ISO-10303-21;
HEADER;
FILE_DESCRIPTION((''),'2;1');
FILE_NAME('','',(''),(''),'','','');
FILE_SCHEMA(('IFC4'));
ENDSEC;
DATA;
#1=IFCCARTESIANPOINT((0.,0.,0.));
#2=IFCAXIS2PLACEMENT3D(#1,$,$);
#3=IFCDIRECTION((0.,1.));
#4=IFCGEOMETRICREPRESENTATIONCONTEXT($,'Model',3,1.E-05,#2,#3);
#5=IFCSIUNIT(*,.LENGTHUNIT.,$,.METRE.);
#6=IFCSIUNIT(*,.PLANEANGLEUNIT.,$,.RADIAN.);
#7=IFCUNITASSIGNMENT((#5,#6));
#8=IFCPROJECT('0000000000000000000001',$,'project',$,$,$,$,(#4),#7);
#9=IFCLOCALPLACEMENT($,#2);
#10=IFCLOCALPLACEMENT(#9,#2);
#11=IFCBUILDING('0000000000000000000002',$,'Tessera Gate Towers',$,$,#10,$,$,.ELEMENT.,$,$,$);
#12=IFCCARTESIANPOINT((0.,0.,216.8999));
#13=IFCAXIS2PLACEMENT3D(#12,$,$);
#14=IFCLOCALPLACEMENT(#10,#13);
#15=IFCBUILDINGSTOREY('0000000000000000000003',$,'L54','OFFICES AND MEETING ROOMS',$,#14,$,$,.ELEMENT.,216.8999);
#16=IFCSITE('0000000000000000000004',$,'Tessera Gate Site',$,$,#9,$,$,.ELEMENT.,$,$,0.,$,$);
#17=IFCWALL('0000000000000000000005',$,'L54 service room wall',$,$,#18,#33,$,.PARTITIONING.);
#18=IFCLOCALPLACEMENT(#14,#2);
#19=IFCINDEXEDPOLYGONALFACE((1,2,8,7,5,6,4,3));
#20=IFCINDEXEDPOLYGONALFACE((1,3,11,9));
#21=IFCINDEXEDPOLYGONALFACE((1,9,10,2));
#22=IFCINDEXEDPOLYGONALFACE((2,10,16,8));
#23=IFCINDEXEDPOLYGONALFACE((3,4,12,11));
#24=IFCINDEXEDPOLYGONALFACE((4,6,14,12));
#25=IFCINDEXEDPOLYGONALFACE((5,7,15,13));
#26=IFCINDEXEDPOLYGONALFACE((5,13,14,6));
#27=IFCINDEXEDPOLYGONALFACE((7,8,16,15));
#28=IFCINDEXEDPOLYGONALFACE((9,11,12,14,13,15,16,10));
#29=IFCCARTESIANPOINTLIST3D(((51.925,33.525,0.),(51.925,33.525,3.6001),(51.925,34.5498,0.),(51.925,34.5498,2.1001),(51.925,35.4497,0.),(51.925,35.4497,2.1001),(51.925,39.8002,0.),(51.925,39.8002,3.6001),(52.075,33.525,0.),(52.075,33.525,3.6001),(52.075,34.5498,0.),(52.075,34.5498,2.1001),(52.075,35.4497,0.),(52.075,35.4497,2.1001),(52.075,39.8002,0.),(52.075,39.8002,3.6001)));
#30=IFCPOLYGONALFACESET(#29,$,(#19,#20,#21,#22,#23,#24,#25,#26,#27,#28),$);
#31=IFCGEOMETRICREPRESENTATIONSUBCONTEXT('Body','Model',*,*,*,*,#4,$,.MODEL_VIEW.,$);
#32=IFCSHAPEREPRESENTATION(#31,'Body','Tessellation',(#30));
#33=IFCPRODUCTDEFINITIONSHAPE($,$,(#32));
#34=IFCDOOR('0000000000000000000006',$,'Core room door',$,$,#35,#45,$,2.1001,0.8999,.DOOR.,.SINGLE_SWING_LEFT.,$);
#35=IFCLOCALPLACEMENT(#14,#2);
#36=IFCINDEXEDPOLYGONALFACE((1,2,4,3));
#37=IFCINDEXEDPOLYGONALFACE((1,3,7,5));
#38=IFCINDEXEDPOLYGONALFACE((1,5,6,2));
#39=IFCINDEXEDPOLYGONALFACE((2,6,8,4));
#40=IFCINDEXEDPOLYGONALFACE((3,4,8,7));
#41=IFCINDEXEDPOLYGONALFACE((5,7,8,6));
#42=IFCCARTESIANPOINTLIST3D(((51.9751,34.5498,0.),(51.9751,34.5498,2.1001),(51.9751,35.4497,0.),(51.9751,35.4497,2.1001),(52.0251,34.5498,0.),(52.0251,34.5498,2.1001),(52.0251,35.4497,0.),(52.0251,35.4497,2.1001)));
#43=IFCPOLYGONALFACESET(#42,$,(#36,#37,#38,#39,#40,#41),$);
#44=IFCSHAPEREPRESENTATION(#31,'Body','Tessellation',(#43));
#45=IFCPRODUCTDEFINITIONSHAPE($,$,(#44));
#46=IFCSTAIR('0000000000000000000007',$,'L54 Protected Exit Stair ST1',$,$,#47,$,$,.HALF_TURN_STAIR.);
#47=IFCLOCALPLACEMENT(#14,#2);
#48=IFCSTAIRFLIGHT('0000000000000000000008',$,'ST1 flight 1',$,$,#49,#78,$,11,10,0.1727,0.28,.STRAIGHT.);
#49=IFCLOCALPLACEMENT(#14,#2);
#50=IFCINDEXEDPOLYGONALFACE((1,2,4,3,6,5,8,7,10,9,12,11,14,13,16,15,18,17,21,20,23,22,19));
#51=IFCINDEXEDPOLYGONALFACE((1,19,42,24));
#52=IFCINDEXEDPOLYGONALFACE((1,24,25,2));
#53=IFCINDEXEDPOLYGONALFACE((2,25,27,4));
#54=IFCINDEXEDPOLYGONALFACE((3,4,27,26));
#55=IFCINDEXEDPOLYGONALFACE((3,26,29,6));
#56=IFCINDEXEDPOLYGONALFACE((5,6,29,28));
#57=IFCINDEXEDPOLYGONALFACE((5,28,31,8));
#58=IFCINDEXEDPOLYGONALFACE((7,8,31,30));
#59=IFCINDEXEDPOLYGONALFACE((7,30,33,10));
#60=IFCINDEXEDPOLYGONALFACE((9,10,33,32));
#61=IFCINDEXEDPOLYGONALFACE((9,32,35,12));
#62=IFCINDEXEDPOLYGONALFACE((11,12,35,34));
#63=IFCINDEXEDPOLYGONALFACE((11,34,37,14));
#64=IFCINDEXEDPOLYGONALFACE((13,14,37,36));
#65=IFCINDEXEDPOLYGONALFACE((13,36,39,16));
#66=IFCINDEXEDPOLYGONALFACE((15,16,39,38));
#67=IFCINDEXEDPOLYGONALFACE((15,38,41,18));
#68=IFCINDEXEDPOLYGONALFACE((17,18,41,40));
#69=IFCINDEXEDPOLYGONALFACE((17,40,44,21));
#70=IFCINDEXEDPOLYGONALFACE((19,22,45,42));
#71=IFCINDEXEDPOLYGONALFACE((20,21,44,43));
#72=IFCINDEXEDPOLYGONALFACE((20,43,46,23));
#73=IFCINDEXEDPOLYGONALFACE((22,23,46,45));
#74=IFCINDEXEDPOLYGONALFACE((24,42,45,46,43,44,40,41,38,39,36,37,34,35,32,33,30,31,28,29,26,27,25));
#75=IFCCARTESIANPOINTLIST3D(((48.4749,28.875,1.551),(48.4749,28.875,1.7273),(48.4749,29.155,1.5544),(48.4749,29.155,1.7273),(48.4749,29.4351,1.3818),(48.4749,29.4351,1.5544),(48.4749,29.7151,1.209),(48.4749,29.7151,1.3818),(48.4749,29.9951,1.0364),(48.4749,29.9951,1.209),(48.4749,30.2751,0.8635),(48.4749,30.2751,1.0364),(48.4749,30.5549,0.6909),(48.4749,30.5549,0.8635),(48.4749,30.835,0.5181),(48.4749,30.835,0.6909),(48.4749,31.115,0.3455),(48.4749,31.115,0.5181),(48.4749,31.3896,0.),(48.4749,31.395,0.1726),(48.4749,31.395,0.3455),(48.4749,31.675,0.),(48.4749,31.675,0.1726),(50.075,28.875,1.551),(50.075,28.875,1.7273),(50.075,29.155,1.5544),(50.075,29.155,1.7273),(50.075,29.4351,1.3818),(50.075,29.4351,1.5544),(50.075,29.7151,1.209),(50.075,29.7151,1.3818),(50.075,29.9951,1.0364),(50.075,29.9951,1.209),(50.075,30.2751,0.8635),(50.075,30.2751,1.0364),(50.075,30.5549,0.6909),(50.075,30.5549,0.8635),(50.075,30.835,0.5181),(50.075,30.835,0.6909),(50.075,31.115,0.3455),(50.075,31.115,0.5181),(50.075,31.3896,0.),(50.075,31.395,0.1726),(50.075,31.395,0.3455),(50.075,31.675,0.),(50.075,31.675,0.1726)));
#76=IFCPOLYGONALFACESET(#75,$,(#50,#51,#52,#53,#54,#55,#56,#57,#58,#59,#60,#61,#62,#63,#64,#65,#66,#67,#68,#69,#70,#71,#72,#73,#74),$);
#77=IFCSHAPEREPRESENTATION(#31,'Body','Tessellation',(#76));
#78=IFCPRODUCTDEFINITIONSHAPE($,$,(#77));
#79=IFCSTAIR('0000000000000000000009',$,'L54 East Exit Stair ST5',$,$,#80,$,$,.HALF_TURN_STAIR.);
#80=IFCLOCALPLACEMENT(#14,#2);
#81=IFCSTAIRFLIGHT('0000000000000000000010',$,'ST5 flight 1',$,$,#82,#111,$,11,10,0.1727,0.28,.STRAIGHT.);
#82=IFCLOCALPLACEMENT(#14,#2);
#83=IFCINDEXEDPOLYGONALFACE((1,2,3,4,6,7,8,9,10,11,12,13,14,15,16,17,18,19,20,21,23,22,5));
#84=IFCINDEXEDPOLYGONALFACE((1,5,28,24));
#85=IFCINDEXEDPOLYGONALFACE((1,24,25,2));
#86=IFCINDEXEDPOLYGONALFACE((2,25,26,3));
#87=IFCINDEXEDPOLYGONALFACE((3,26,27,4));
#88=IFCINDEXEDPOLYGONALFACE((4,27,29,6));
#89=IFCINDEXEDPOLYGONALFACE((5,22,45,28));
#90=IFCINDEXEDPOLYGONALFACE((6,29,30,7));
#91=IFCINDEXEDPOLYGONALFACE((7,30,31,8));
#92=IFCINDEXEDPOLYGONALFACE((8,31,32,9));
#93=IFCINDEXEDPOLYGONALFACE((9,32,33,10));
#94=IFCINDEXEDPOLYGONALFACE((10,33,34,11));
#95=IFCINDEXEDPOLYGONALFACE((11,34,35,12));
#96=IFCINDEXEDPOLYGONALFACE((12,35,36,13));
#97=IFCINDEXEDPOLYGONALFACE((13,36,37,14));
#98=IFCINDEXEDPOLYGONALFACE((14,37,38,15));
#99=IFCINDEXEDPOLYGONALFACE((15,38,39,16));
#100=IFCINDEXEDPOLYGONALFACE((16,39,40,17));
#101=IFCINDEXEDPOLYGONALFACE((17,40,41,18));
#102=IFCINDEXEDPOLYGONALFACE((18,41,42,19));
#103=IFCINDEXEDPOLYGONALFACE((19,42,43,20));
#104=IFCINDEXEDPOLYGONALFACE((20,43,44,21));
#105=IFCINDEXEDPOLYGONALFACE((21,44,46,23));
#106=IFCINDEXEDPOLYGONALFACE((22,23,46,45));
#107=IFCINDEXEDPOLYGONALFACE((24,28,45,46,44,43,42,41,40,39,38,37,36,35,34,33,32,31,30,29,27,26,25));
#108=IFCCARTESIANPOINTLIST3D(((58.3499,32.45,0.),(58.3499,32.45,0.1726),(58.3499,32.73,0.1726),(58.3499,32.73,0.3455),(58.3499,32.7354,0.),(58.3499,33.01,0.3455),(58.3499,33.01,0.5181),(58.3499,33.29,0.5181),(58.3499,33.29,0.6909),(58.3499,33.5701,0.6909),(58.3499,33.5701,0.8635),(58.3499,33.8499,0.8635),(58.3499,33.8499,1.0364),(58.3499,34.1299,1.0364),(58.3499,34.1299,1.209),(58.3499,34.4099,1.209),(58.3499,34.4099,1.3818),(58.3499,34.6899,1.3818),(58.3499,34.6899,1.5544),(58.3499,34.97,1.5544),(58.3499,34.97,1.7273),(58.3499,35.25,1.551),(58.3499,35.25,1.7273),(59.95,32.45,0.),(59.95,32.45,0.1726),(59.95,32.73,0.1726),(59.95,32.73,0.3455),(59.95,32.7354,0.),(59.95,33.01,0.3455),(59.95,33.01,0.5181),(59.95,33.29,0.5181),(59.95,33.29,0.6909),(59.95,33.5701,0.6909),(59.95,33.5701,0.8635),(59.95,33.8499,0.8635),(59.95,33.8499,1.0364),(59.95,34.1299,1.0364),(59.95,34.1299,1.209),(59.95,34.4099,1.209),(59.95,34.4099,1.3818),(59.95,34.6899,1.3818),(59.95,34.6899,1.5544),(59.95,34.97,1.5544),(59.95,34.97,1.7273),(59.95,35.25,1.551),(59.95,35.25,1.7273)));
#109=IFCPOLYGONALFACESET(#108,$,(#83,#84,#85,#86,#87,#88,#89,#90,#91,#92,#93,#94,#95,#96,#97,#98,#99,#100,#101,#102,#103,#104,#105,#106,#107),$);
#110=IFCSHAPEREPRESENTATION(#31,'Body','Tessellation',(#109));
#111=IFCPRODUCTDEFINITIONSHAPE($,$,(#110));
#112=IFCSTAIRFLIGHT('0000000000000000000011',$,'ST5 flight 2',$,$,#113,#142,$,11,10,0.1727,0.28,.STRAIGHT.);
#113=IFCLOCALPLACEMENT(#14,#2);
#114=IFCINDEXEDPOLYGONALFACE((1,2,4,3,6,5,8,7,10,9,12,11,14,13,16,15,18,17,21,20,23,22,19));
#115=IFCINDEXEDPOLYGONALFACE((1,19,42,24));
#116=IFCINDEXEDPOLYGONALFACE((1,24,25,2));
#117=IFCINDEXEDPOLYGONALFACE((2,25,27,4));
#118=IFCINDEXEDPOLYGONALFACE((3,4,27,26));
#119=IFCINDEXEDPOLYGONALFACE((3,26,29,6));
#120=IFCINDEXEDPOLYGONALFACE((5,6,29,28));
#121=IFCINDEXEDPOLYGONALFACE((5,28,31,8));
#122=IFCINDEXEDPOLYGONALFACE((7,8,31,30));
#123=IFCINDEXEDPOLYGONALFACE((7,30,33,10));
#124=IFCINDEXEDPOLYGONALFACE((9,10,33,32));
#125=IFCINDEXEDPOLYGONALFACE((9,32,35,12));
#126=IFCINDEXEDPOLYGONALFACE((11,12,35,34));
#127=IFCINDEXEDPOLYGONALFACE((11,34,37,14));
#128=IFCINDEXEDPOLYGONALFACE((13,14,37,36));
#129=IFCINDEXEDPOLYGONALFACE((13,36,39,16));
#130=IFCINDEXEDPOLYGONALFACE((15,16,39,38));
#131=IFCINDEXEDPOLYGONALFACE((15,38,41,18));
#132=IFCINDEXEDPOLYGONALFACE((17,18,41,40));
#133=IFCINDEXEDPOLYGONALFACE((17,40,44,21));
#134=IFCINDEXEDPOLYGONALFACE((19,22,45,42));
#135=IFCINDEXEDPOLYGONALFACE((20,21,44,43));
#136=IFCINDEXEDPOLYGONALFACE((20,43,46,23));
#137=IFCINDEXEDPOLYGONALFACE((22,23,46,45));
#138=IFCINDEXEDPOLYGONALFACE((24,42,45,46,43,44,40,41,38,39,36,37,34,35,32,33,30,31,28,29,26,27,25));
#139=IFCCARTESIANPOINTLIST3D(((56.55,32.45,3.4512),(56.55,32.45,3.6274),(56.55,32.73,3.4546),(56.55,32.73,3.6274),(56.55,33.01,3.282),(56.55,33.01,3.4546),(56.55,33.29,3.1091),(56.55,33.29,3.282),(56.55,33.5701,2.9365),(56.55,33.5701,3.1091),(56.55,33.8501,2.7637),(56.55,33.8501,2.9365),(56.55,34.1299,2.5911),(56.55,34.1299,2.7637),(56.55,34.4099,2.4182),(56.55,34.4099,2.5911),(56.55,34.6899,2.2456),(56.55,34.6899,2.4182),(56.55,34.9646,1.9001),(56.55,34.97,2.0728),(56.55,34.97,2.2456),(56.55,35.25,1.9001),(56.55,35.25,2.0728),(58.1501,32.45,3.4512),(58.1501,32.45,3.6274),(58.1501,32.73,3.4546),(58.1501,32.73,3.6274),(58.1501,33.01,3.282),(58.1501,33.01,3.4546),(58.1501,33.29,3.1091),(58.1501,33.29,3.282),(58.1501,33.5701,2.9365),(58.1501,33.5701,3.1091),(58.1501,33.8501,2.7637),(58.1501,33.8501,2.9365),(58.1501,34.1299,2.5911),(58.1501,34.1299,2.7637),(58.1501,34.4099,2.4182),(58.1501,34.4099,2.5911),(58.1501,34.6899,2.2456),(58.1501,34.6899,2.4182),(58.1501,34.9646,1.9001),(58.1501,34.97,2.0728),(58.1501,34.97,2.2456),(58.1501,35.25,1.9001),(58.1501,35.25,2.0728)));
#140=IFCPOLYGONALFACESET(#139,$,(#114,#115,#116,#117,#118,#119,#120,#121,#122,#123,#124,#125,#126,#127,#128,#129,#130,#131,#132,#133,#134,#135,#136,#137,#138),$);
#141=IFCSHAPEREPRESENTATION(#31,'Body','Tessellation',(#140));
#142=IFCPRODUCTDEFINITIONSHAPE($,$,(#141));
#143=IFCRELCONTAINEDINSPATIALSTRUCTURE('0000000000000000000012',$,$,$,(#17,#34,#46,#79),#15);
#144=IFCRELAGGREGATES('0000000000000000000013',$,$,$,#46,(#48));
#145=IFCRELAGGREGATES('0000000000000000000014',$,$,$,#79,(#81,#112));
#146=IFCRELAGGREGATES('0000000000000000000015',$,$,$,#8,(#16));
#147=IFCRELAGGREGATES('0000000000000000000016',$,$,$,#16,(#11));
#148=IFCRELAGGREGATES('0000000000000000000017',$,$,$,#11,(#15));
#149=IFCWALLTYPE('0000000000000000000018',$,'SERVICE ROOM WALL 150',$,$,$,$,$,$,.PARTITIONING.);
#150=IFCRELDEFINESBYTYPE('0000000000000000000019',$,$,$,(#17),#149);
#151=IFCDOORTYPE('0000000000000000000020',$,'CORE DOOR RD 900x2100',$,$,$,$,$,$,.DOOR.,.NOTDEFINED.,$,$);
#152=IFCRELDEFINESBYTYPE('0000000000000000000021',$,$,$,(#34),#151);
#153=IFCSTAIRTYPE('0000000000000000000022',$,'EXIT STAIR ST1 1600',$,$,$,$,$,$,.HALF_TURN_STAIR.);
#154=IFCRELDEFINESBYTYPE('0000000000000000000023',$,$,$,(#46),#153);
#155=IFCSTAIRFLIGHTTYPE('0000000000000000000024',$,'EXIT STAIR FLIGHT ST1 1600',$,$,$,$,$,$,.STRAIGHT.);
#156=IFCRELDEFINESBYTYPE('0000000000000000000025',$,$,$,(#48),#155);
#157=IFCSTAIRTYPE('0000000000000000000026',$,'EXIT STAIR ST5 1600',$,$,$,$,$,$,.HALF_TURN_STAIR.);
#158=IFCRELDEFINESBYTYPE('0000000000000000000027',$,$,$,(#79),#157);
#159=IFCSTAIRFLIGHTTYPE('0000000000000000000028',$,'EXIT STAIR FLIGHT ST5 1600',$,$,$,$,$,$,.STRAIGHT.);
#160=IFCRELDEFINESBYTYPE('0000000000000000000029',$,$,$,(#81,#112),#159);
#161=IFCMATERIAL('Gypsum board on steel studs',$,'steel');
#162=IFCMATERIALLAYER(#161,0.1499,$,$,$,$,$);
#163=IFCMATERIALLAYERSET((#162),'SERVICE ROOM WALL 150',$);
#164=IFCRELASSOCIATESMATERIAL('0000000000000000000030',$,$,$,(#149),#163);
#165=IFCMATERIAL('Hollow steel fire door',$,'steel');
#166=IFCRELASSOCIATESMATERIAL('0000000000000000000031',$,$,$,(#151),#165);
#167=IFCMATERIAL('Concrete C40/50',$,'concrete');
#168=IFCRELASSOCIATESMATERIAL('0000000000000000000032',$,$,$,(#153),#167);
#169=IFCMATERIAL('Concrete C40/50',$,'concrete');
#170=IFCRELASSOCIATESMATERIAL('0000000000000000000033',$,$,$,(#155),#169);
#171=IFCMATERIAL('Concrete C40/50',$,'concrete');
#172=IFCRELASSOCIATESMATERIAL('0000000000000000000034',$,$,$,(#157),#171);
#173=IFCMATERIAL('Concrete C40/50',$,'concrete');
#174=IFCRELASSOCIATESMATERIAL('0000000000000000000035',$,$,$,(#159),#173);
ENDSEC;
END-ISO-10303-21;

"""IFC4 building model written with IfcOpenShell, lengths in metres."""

from ifc_helpers import new_model, si_unit, direction, frame, frame_2d, origin, place, context, subcontext, project, spatial, polyline, rectangle, outline, extrude, source, transform, mapped, material, layer, layer_set, type_object, element, fill, aggregate, save


model = new_model("IFC4")

# Units and contexts
model_context = context("Model", 3, precision=1e-05, world=origin(), true_north=direction((0.0, 1.0)))
body_context = subcontext(model_context, "Body", "Model", "MODEL_VIEW")
ifc_project = project(units=[si_unit("LENGTHUNIT", "METRE"), si_unit("PLANEANGLEUNIT", "RADIAN")], contexts=[model_context])

# Site, building, storey
site_placement = place(None, origin())
site = spatial("IfcSite", under=ifc_project, at=site_placement, Name="Tessera Gate Site", CompositionType="ELEMENT", RefElevation=0.0)
building_placement = place(site_placement, origin())
building = spatial("IfcBuilding", under=site, at=building_placement, Name="Tessera Gate Towers", CompositionType="ELEMENT")
storey_placement = place(building_placement, frame((0.0, 0.0, 216.8999)))
storey = spatial("IfcBuildingStorey", under=building, at=storey_placement, Name="L54", Description="OFFICES AND MEETING ROOMS", CompositionType="ELEMENT", Elevation=216.8999)

# Wall, opening, door
shared_shape_1 = source(origin(), body_context, "Body", "SweptSolid", [
    extrude(rectangle(XDim=0.8999, YDim=2.1001, at=frame_2d((0.45, 1.05))), frame((0.0, 0.085, 0.0), z_axis=(0.0, -1.0, 0.0), x_axis=(1.0, 0.0, 0.0)), (0.0, 0.0, 1.0), 0.1699),
])
shared_shape_2 = source(origin(), body_context, "Body", "SweptSolid", [
    extrude(rectangle(XDim=0.8999, YDim=2.1001, at=frame_2d((0.45, 1.05))), frame((0.0, 0.0249, 0.0), z_axis=(0.0, -1.0, 0.0), x_axis=(1.0, 0.0, 0.0)), (0.0, 0.0, 1.0), 0.05),
])
ifc_material_1 = material(Name="Gypsum board on steel studs", Category="steel")
ifc_layer_1 = layer(ifc_material_1, 0.1499)
ifc_layer_set_1 = layer_set([ifc_layer_1], Name="SERVICE ROOM WALL 150")
wall_type_1 = type_object("IfcWallType", Name="SERVICE ROOM WALL 150", PredefinedType="PARTITIONING", material=ifc_layer_set_1)
wall_1_placement = place(storey_placement, frame((52.0, 33.5249, 0.0), z_axis=(0.0, 0.0, 1.0), x_axis=(0.0, 1.0, 0.0)))
wall_1 = element("IfcWall", 1, at=wall_1_placement, inside=storey, type_object=wall_type_1, Name="L54 service room wall", PredefinedType="PARTITIONING", context=body_context, shape_type="SweptSolid", body=[
    extrude(rectangle(XDim=6.2751, YDim=0.1499, at=frame_2d((3.1377, 0.0))), origin(), (0.0, 0.0, 1.0), 3.6001),
])
opening_1_placement = place(wall_1_placement, frame((1.0249, 0.0, 0.0)))
opening_1 = element("IfcOpeningElement", 2, at=opening_1_placement, cuts=wall_1, PredefinedType="OPENING", context=body_context, shape_type="MappedRepresentation", body=[
    mapped(shared_shape_1, transform((0.0, 0.0, 0.0), scale=1.0)),
])
ifc_material_2 = material(Name="Hollow steel fire door", Category="steel")
door_type_1 = type_object("IfcDoorType", Name="CORE DOOR RD 900x2100", OperationType="NOTDEFINED", PredefinedType="DOOR", material=ifc_material_2)
door_1_placement = place(opening_1_placement, origin())
door_1 = element("IfcDoor", 3, at=door_1_placement, inside=storey, type_object=door_type_1, Name="Core room door", OperationType="SINGLE_SWING_LEFT", OverallHeight=2.1001, OverallWidth=0.8999, PredefinedType="DOOR", context=body_context, shape_type="MappedRepresentation", body=[
    mapped(shared_shape_2, transform((0.0, 0.0, 0.0), scale=1.0)),
])
fill(opening_1, door_1)

# Stair, stair flight
ifc_material_3 = material(Name="Concrete C40/50", Category="concrete")
stair_type_1 = type_object("IfcStairType", Name="EXIT STAIR ST1 1600", PredefinedType="HALF_TURN_STAIR", material=ifc_material_3)
stair_1_placement = place(storey_placement, origin())
stair_1 = element("IfcStair", 4, at=stair_1_placement, inside=storey, type_object=stair_type_1, Name="L54 Protected Exit Stair ST1", PredefinedType="HALF_TURN_STAIR")
ifc_material_4 = material(Name="Concrete C40/50", Category="concrete")
stair_flight_type_1 = type_object("IfcStairFlightType", Name="EXIT STAIR FLIGHT ST1 1600", PredefinedType="STRAIGHT", material=ifc_material_4)
stair_flight_1_placement = place(storey_placement, frame((49.2749, 31.675, 0.0), z_axis=(0.0, 0.0, 1.0), x_axis=(0.0, -1.0, 0.0)))
stair_flight_1 = element("IfcStairFlight", 5, at=stair_flight_1_placement, type_object=stair_flight_type_1, Name="ST1 flight 1", NumberOfRisers=11, NumberOfTreads=10, PredefinedType="STRAIGHT", RiserHeight=0.1727, TreadLength=0.28, context=body_context, shape_type="SweptSolid", body=[
    extrude(outline(polyline([(0.0, 0.0), (0.0, 0.1726), (0.28, 0.1726), (0.28, 0.3455), (0.5601, 0.3455), (0.5601, 0.5181), (0.8401, 0.5181), (0.8401, 0.6909), (1.1201, 0.6909), (1.1201, 0.8635), (1.3999, 0.8635), (1.3999, 1.0364), (1.6799, 1.0364), (1.6799, 1.209), (1.96, 1.209), (1.96, 1.3818), (2.24, 1.3818), (2.24, 1.5544), (2.52, 1.5544), (2.52, 1.7273), (2.8, 1.7273), (2.8, 1.8999), (2.8, 1.551), (0.2854, 0.0), (0.0, 0.0)])), frame((0.0, 0.8, 0.0), z_axis=(0.0, -1.0, 0.0), x_axis=(1.0, 0.0, 0.0)), (0.0, 0.0, 1.0), 1.6001),
])
aggregate(stair_1, [stair_flight_1])

# Stair, stair flights
ifc_material_5 = material(Name="Concrete C40/50", Category="concrete")
stair_type_2 = type_object("IfcStairType", Name="EXIT STAIR ST5 1600", PredefinedType="HALF_TURN_STAIR", material=ifc_material_5)
stair_2_placement = place(storey_placement, origin())
stair_2 = element("IfcStair", 6, at=stair_2_placement, inside=storey, type_object=stair_type_2, Name="L54 East Exit Stair ST5", PredefinedType="HALF_TURN_STAIR")
ifc_material_6 = material(Name="Concrete C40/50", Category="concrete")
stair_flight_type_2 = type_object("IfcStairFlightType", Name="EXIT STAIR FLIGHT ST5 1600", PredefinedType="STRAIGHT", material=ifc_material_6)
stair_flight_2_placement = place(storey_placement, frame((59.1499, 32.45, 0.0), z_axis=(0.0, 0.0, 1.0), x_axis=(0.0, 1.0, 0.0)))
stair_flight_2 = element("IfcStairFlight", 7, at=stair_flight_2_placement, type_object=stair_flight_type_2, Name="ST5 flight 1", NumberOfRisers=11, NumberOfTreads=10, PredefinedType="STRAIGHT", RiserHeight=0.1727, TreadLength=0.28, context=body_context, shape_type="SweptSolid", body=[
    extrude(outline(polyline([(0.0, 0.0), (0.0, 0.1726), (0.28, 0.1726), (0.28, 0.3455), (0.5601, 0.3455), (0.5601, 0.5181), (0.8401, 0.5181), (0.8401, 0.6909), (1.1201, 0.6909), (1.1201, 0.8635), (1.3999, 0.8635), (1.3999, 1.0364), (1.6799, 1.0364), (1.6799, 1.209), (1.96, 1.209), (1.96, 1.3818), (2.24, 1.3818), (2.24, 1.5544), (2.52, 1.5544), (2.52, 1.7273), (2.8, 1.7273), (2.8, 1.8999), (2.8, 1.551), (0.2854, 0.0), (0.0, 0.0)])), frame((0.0, 0.8, 0.0), z_axis=(0.0, -1.0, 0.0), x_axis=(1.0, 0.0, 0.0)), (0.0, 0.0, 1.0), 1.6001),
])
stair_flight_3_placement = place(storey_placement, frame((57.3501, 35.25, 1.9001), z_axis=(0.0, 0.0, 1.0), x_axis=(0.0, -1.0, 0.0)))
stair_flight_3 = element("IfcStairFlight", 8, at=stair_flight_3_placement, type_object=stair_flight_type_2, Name="ST5 flight 2", NumberOfRisers=11, NumberOfTreads=10, PredefinedType="STRAIGHT", RiserHeight=0.1727, TreadLength=0.28, context=body_context, shape_type="SweptSolid", body=[
    extrude(outline(polyline([(0.0, 0.0), (0.0, 0.1726), (0.28, 0.1726), (0.28, 0.3455), (0.5601, 0.3455), (0.5601, 0.5181), (0.8401, 0.5181), (0.8401, 0.6909), (1.1201, 0.6909), (1.1201, 0.8635), (1.3999, 0.8635), (1.3999, 1.0364), (1.6799, 1.0364), (1.6799, 1.209), (1.96, 1.209), (1.96, 1.3818), (2.24, 1.3818), (2.24, 1.5544), (2.52, 1.5544), (2.52, 1.7273), (2.8, 1.7273), (2.8, 1.8999), (2.8, 1.551), (0.2854, 0.0), (0.0, 0.0)])), frame((0.0, 0.8, 0.0), z_axis=(0.0, -1.0, 0.0), x_axis=(1.0, 0.0, 0.0)), (0.0, 0.0, 1.0), 1.6001),
])
aggregate(stair_2, [stair_flight_2, stair_flight_3])

save(model, "model.ifc")
